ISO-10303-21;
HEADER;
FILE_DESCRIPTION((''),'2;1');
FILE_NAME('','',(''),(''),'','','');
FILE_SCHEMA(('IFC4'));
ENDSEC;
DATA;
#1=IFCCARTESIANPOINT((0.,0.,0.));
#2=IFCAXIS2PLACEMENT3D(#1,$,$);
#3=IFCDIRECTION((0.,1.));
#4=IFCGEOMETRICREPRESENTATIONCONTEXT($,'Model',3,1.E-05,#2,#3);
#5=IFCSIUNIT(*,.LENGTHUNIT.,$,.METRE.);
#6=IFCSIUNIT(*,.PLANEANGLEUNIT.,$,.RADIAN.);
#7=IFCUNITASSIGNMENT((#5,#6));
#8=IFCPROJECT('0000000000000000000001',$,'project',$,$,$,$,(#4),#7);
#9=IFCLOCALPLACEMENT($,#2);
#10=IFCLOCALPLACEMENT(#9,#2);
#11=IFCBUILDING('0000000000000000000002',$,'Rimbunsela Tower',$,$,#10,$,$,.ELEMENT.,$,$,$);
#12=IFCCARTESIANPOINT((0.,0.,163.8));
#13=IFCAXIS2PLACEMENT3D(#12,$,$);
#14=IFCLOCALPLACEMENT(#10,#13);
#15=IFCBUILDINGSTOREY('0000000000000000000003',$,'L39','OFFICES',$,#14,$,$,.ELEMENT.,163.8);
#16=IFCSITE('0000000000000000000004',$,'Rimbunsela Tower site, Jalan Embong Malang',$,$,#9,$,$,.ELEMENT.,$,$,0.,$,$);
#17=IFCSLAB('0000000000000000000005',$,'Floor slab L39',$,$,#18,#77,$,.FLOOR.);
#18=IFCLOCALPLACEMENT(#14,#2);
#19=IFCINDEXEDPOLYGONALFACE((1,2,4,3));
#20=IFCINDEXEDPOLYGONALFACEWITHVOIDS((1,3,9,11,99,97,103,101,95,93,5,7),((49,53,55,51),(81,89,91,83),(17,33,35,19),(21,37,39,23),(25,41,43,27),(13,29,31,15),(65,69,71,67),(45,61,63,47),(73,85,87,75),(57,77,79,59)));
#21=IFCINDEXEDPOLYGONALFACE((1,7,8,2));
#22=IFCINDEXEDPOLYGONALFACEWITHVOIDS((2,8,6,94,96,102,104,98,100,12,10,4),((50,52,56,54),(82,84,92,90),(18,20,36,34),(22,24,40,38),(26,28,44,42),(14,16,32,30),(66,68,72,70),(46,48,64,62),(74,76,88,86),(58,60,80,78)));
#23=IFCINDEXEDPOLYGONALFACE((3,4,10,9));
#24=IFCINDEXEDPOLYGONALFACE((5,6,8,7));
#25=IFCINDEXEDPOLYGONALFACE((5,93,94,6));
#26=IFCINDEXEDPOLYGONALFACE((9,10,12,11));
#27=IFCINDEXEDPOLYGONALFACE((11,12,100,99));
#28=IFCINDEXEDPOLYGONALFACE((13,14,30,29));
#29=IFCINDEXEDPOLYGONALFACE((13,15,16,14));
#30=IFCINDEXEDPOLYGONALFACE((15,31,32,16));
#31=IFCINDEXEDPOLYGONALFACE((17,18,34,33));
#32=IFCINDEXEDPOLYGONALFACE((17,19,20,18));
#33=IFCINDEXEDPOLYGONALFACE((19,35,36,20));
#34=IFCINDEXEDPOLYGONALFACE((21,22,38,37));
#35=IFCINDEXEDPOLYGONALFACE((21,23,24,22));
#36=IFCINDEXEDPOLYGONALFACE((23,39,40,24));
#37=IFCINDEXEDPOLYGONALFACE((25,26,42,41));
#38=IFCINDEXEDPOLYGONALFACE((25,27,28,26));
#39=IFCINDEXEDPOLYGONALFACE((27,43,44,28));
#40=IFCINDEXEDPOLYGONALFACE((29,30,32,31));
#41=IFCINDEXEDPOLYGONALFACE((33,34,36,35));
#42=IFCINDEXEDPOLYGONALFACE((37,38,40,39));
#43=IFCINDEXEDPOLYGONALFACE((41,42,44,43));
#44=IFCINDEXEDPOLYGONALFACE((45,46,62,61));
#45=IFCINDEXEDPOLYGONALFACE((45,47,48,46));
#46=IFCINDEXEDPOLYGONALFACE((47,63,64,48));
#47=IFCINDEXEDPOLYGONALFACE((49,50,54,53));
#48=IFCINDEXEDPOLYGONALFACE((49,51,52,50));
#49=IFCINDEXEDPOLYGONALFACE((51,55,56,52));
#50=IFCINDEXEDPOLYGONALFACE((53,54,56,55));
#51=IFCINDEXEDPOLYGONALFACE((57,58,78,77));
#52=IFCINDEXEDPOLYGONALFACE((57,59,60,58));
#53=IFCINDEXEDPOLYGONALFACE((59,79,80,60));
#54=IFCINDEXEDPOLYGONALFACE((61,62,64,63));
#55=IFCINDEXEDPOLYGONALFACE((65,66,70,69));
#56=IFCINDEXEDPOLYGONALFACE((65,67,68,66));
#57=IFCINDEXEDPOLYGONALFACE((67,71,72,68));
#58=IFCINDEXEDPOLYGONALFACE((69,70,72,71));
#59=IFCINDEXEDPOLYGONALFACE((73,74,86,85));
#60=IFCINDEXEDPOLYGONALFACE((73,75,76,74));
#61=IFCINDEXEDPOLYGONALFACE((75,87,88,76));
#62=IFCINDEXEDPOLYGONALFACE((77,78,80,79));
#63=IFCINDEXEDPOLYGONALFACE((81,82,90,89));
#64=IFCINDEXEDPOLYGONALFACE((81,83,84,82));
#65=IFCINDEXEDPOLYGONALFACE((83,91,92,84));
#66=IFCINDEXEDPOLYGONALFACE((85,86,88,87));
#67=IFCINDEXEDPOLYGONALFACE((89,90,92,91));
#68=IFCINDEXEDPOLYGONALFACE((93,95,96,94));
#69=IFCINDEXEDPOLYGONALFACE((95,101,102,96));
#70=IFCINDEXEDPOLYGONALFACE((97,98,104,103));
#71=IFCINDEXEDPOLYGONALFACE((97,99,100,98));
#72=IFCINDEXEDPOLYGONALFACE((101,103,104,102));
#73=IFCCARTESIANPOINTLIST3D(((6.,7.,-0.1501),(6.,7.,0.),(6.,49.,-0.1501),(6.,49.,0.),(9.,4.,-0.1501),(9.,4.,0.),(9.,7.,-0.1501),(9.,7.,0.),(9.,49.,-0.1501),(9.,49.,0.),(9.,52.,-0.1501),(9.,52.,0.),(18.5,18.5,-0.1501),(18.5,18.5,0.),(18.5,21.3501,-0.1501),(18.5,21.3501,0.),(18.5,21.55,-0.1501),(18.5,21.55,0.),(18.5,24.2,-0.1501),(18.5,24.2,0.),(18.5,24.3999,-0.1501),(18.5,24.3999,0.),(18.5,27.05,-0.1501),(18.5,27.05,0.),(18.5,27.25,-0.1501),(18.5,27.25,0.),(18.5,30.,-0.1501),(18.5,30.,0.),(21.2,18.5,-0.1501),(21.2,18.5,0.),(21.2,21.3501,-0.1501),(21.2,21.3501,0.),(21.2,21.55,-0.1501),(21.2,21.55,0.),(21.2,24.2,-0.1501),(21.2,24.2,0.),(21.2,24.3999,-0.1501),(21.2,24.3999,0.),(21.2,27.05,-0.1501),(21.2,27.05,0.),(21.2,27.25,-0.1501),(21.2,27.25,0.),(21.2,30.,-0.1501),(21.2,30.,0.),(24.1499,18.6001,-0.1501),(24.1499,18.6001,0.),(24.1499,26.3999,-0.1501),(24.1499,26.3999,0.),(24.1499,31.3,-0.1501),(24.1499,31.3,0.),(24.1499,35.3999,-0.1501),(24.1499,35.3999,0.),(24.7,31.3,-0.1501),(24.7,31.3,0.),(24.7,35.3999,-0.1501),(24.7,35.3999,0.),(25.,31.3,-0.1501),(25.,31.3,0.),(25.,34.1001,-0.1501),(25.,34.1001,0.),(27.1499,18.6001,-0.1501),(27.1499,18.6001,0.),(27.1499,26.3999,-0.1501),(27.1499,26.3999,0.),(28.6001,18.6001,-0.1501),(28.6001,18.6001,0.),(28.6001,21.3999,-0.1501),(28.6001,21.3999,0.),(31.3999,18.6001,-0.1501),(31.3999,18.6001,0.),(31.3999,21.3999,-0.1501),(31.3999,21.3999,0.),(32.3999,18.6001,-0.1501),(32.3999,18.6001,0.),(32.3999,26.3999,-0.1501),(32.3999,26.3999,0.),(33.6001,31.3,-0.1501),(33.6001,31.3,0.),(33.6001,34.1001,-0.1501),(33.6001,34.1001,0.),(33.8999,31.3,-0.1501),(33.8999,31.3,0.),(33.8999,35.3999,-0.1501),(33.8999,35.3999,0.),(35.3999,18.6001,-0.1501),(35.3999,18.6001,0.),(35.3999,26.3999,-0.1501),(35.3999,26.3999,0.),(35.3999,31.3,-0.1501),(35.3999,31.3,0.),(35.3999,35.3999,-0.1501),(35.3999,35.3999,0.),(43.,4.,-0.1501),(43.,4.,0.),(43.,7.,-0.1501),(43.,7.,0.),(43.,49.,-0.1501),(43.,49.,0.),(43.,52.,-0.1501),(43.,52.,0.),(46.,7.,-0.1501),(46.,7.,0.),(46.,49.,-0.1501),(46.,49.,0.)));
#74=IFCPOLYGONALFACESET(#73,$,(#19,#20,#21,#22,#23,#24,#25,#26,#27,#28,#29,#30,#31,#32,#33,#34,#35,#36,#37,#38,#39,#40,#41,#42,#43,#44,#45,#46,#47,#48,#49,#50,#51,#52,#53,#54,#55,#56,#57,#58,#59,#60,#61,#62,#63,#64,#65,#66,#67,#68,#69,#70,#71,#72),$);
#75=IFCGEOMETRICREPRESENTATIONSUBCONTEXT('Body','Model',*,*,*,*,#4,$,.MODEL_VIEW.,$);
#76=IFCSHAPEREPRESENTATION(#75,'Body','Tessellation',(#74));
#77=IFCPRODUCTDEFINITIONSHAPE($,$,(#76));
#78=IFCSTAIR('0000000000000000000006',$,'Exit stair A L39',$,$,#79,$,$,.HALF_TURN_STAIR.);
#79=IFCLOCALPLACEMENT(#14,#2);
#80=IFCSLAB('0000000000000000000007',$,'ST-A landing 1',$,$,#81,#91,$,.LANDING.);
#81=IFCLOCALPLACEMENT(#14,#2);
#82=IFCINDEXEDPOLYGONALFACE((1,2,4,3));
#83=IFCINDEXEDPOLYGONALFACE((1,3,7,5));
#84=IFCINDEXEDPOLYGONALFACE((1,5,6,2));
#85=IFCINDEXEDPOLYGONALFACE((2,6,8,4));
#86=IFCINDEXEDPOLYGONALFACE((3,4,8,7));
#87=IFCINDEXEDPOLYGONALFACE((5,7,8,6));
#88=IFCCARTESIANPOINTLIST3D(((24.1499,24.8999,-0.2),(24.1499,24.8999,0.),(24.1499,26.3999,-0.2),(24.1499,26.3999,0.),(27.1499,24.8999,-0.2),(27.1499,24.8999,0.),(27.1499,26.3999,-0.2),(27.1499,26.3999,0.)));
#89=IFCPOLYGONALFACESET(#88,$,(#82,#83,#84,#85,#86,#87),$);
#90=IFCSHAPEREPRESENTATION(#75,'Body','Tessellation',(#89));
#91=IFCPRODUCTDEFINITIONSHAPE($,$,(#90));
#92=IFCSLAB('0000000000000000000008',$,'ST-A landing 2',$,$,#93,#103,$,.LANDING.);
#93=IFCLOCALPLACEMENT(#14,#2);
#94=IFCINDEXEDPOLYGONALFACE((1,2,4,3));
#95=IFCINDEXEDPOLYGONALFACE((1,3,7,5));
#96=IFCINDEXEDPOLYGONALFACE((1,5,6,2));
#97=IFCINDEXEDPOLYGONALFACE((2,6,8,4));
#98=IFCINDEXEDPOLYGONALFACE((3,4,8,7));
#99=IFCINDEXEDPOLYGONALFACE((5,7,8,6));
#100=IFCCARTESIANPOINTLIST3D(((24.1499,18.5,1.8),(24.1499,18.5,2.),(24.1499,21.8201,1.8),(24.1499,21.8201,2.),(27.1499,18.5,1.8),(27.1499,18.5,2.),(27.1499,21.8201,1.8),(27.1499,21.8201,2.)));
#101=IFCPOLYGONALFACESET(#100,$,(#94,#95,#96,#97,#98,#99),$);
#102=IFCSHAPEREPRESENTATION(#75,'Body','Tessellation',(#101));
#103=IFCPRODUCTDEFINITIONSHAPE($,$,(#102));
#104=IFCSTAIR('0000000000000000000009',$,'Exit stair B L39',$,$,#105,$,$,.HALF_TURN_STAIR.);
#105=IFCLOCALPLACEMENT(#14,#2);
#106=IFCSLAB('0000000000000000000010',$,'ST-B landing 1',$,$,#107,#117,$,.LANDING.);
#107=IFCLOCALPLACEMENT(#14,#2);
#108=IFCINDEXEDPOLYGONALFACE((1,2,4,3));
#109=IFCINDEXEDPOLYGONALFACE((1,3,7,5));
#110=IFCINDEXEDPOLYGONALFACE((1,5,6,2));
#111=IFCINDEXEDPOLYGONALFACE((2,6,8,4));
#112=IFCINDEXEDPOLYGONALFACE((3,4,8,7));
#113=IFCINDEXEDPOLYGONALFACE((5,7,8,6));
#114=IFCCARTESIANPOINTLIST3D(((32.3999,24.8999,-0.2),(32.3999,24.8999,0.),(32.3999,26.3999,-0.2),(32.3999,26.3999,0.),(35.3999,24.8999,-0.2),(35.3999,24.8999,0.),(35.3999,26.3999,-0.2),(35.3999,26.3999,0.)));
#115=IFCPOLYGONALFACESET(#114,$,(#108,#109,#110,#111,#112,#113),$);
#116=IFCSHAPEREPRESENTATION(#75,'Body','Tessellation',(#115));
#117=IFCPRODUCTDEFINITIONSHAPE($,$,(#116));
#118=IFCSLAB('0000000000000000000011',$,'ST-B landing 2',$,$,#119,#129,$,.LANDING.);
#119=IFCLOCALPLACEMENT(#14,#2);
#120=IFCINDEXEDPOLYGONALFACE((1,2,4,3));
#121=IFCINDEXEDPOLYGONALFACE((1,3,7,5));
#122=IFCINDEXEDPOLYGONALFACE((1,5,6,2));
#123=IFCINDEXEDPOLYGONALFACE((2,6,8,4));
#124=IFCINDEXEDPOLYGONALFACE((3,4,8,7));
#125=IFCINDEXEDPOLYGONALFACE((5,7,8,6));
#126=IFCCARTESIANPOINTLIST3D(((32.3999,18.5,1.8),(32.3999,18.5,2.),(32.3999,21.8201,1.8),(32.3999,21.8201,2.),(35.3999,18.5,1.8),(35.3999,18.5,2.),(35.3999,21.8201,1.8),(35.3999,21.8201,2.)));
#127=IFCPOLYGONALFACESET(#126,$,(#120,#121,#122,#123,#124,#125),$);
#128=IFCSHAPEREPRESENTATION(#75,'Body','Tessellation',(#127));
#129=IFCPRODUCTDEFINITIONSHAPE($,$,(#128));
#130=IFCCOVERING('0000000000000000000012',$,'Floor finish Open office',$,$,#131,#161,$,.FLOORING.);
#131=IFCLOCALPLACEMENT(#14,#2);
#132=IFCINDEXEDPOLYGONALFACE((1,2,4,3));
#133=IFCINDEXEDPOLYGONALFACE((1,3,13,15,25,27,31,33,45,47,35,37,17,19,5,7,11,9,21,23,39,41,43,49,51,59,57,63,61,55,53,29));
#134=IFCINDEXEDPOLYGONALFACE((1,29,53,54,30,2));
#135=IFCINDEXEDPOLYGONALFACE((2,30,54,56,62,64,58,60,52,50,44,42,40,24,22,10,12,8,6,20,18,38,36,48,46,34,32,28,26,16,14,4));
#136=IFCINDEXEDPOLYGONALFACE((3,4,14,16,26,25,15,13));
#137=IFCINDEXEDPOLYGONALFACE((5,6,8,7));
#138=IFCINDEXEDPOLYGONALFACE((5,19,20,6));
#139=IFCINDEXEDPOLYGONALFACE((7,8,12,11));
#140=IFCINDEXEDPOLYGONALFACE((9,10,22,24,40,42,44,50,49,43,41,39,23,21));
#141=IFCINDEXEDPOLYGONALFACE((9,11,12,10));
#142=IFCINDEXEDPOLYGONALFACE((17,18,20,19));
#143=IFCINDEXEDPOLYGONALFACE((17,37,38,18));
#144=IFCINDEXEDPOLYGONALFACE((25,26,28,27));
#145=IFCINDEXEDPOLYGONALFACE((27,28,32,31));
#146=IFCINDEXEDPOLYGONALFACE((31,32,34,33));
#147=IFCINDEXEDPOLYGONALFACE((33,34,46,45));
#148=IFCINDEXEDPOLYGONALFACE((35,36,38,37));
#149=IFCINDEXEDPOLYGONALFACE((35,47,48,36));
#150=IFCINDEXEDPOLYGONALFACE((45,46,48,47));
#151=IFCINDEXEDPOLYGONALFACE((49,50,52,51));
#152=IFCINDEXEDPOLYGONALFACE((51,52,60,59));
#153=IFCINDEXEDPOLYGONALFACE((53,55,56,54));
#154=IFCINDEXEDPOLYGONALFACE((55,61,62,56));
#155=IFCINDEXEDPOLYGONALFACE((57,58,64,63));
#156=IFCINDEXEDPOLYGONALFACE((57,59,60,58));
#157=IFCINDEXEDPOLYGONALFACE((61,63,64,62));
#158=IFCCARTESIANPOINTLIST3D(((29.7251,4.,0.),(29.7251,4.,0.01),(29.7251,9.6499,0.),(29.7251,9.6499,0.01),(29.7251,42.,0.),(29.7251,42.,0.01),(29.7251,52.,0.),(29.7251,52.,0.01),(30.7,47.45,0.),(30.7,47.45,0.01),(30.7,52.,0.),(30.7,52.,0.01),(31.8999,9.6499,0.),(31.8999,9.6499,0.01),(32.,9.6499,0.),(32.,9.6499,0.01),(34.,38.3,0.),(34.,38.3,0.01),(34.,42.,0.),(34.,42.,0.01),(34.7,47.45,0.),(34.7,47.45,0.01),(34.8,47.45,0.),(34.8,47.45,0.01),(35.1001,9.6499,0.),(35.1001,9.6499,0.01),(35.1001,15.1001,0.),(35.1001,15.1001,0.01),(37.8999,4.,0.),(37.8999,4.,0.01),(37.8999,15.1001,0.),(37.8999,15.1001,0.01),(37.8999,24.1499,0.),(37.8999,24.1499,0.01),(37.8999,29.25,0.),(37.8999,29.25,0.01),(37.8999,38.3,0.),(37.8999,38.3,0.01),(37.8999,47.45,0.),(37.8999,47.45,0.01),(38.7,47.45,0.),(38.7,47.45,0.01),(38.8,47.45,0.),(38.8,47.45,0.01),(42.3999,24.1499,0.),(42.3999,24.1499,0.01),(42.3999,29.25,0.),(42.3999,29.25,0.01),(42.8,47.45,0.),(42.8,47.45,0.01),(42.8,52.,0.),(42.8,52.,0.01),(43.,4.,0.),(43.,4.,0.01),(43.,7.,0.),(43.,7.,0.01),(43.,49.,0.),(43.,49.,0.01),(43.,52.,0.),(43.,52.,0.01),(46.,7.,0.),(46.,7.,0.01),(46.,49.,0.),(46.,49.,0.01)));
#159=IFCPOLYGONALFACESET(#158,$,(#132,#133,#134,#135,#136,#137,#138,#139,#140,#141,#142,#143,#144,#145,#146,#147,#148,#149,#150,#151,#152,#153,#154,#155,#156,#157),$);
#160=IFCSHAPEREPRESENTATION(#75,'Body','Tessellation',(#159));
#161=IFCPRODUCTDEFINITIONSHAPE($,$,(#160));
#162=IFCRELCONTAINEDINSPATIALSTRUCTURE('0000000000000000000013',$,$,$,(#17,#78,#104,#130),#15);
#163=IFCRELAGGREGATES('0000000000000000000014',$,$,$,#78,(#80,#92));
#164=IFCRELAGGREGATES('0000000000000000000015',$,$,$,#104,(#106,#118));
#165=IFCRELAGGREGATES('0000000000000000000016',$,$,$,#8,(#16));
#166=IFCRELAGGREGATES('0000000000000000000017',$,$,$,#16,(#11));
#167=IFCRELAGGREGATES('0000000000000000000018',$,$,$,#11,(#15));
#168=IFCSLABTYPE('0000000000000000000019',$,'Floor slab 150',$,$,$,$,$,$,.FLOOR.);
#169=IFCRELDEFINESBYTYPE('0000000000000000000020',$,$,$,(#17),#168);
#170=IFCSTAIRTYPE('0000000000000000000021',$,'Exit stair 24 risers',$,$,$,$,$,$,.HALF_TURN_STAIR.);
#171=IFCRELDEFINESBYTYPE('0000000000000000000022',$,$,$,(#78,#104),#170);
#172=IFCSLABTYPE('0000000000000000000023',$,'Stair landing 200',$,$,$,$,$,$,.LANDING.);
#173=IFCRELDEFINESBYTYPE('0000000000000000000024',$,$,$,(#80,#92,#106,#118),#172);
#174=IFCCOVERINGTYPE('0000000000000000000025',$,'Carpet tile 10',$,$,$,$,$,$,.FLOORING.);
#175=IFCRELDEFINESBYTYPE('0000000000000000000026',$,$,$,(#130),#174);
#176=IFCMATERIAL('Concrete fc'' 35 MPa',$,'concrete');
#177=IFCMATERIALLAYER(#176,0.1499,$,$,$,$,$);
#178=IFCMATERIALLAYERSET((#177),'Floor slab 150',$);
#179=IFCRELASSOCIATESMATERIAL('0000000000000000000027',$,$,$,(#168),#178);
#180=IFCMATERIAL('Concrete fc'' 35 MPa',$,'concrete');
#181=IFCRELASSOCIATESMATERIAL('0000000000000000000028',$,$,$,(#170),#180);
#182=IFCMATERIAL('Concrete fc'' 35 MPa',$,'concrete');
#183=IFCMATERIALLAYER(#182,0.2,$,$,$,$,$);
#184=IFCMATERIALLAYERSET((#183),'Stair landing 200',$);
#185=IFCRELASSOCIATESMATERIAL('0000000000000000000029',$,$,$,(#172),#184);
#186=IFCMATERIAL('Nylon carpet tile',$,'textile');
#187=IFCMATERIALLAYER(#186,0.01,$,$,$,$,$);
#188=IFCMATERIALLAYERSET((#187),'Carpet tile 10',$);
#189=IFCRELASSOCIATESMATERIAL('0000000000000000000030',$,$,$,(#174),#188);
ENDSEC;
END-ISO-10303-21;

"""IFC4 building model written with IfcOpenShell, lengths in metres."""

from ifc_helpers import new_model, si_unit, direction, frame, origin, place, context, subcontext, project, spatial, polyline, outline, extrude, material, layer, layer_set, type_object, element, aggregate, save


model = new_model("IFC4")

# Units and contexts
model_context = context("Model", 3, precision=1e-05, world=origin(), true_north=direction((0.0, 1.0)))
body_context = subcontext(model_context, "Body", "Model", "MODEL_VIEW")
ifc_project = project(units=[si_unit("LENGTHUNIT", "METRE"), si_unit("PLANEANGLEUNIT", "RADIAN")], contexts=[model_context])

# Site, building, storey
site_placement = place(None, origin())
site = spatial("IfcSite", under=ifc_project, at=site_placement, Name="Rimbunsela Tower site, Jalan Embong Malang", CompositionType="ELEMENT", RefElevation=0.0)
building_placement = place(site_placement, origin())
building = spatial("IfcBuilding", under=site, at=building_placement, Name="Rimbunsela Tower", CompositionType="ELEMENT")
storey_placement = place(building_placement, frame((0.0, 0.0, 163.8)))
storey = spatial("IfcBuildingStorey", under=building, at=storey_placement, Name="L39", Description="OFFICES", CompositionType="ELEMENT", Elevation=163.8)

# Slab
ifc_material_1 = material(Name="Concrete fc' 35 MPa", Category="concrete")
ifc_layer_1 = layer(ifc_material_1, 0.1499)
ifc_layer_set_1 = layer_set([ifc_layer_1], Name="Floor slab 150")
slab_type_1 = type_object("IfcSlabType", Name="Floor slab 150", PredefinedType="FLOOR", material=ifc_layer_set_1)
slab_1_placement = place(storey_placement, frame((0.0, 0.0, -0.1501)))
element("IfcSlab", 1, at=slab_1_placement, inside=storey, type_object=slab_type_1, Name="Floor slab L39", PredefinedType="FLOOR", context=body_context, shape_type="SweptSolid", body=[
    extrude(outline(polyline([(9.0, 4.0), (43.0, 4.0), (43.0, 7.0), (46.0, 7.0), (46.0, 49.0), (43.0, 49.0), (43.0, 52.0), (9.0, 52.0), (9.0, 49.0), (6.0, 49.0), (6.0, 7.0), (9.0, 7.0), (9.0, 4.0)]), holes=[polyline([(21.2, 21.3501), (18.5, 21.3501), (18.5, 18.5), (21.2, 18.5), (21.2, 21.3501)]), polyline([(21.2, 21.55), (21.2, 24.2), (18.5, 24.2), (18.5, 21.55), (21.2, 21.55)]), polyline([(21.2, 27.05), (18.5, 27.05), (18.5, 24.3999), (21.2, 24.3999), (21.2, 27.05)]), polyline([(21.2, 27.25), (21.2, 30.0), (18.5, 30.0), (18.5, 27.25), (21.2, 27.25)]), polyline([(27.1499, 18.6001), (27.1499, 26.3999), (24.1499, 26.3999), (24.1499, 18.6001), (27.1499, 18.6001)]), polyline([(24.7, 31.3), (24.7, 35.3999), (24.1499, 35.3999), (24.1499, 31.3), (24.7, 31.3)]), polyline([(25.0, 34.1001), (25.0, 31.3), (33.6001, 31.3), (33.6001, 34.1001), (25.0, 34.1001)]), polyline([(31.3999, 21.3999), (28.6001, 21.3999), (28.6001, 18.6001), (31.3999, 18.6001), (31.3999, 21.3999)]), polyline([(35.3999, 18.6001), (35.3999, 26.3999), (32.3999, 26.3999), (32.3999, 18.6001), (35.3999, 18.6001)]), polyline([(35.3999, 31.3), (35.3999, 35.3999), (33.8999, 35.3999), (33.8999, 31.3), (35.3999, 31.3)])]), origin(), (0.0, 0.0, 1.0), 0.1501),
])

# Stairs, slabs
ifc_material_2 = material(Name="Concrete fc' 35 MPa", Category="concrete")
stair_type = type_object("IfcStairType", Name="Exit stair 24 risers", PredefinedType="HALF_TURN_STAIR", material=ifc_material_2)
stair_1_placement = place(storey_placement, origin())
stair_1 = element("IfcStair", 2, at=stair_1_placement, inside=storey, type_object=stair_type, Name="Exit stair A L39", PredefinedType="HALF_TURN_STAIR")
ifc_material_3 = material(Name="Concrete fc' 35 MPa", Category="concrete")
ifc_layer_2 = layer(ifc_material_3, 0.2)
ifc_layer_set_2 = layer_set([ifc_layer_2], Name="Stair landing 200")
slab_type_2 = type_object("IfcSlabType", Name="Stair landing 200", PredefinedType="LANDING", material=ifc_layer_set_2)
slab_2_placement = place(storey_placement, frame((0.0, 0.0, -0.2)))
slab_2 = element("IfcSlab", 3, at=slab_2_placement, type_object=slab_type_2, Name="ST-A landing 1", PredefinedType="LANDING", context=body_context, shape_type="SweptSolid", body=[
    extrude(outline(polyline([(24.1499, 24.8999), (27.1499, 24.8999), (27.1499, 26.3999), (24.1499, 26.3999), (24.1499, 24.8999)])), origin(), (0.0, 0.0, 1.0), 0.2),
])
slab_3_placement = place(storey_placement, frame((0.0, 0.0, 1.8)))
slab_3 = element("IfcSlab", 4, at=slab_3_placement, type_object=slab_type_2, Name="ST-A landing 2", PredefinedType="LANDING", context=body_context, shape_type="SweptSolid", body=[
    extrude(outline(polyline([(24.1499, 18.5), (27.1499, 18.5), (27.1499, 21.8201), (24.1499, 21.8201), (24.1499, 18.5)])), origin(), (0.0, 0.0, 1.0), 0.2),
])
aggregate(stair_1, [slab_2, slab_3])
stair_2_placement = place(storey_placement, origin())
stair_2 = element("IfcStair", 5, at=stair_2_placement, inside=storey, type_object=stair_type, Name="Exit stair B L39", PredefinedType="HALF_TURN_STAIR")
slab_4_placement = place(storey_placement, frame((0.0, 0.0, -0.2)))
slab_4 = element("IfcSlab", 6, at=slab_4_placement, type_object=slab_type_2, Name="ST-B landing 1", PredefinedType="LANDING", context=body_context, shape_type="SweptSolid", body=[
    extrude(outline(polyline([(32.3999, 24.8999), (35.3999, 24.8999), (35.3999, 26.3999), (32.3999, 26.3999), (32.3999, 24.8999)])), origin(), (0.0, 0.0, 1.0), 0.2),
])
slab_5_placement = place(storey_placement, frame((0.0, 0.0, 1.8)))
slab_5 = element("IfcSlab", 7, at=slab_5_placement, type_object=slab_type_2, Name="ST-B landing 2", PredefinedType="LANDING", context=body_context, shape_type="SweptSolid", body=[
    extrude(outline(polyline([(32.3999, 18.5), (35.3999, 18.5), (35.3999, 21.8201), (32.3999, 21.8201), (32.3999, 18.5)])), origin(), (0.0, 0.0, 1.0), 0.2),
])
aggregate(stair_2, [slab_4, slab_5])

# Covering
ifc_material_4 = material(Name="Nylon carpet tile", Category="textile")
ifc_layer_3 = layer(ifc_material_4, 0.01)
ifc_layer_set_3 = layer_set([ifc_layer_3], Name="Carpet tile 10")
covering_type_1 = type_object("IfcCoveringType", Name="Carpet tile 10", PredefinedType="FLOORING", material=ifc_layer_set_3)
covering_1_placement = place(storey_placement, origin())
element("IfcCovering", 8, at=covering_1_placement, inside=storey, type_object=covering_type_1, Name="Floor finish Open office", PredefinedType="FLOORING", context=body_context, shape_type="SweptSolid", body=[
    extrude(outline(polyline([(29.7251, 52.0), (30.7, 52.0), (30.7, 47.45), (34.7, 47.45), (34.8, 47.45), (37.8999, 47.45), (38.7, 47.45), (38.8, 47.45), (42.8, 47.45), (42.8, 52.0), (43.0, 52.0), (43.0, 49.0), (46.0, 49.0), (46.0, 7.0), (43.0, 7.0), (43.0, 4.0), (37.8999, 4.0), (29.7251, 4.0), (29.7251, 9.6499), (31.8999, 9.6499), (32.0, 9.6499), (35.1001, 9.6499), (35.1001, 15.1001), (37.8999, 15.1001), (37.8999, 24.1499), (42.3999, 24.1499), (42.3999, 29.25), (37.8999, 29.25), (37.8999, 38.3), (34.0, 38.3), (34.0, 42.0), (29.7251, 42.0), (29.7251, 52.0)])), origin(), (0.0, 0.0, 1.0), 0.01),
])

save(model, "model.ifc")
